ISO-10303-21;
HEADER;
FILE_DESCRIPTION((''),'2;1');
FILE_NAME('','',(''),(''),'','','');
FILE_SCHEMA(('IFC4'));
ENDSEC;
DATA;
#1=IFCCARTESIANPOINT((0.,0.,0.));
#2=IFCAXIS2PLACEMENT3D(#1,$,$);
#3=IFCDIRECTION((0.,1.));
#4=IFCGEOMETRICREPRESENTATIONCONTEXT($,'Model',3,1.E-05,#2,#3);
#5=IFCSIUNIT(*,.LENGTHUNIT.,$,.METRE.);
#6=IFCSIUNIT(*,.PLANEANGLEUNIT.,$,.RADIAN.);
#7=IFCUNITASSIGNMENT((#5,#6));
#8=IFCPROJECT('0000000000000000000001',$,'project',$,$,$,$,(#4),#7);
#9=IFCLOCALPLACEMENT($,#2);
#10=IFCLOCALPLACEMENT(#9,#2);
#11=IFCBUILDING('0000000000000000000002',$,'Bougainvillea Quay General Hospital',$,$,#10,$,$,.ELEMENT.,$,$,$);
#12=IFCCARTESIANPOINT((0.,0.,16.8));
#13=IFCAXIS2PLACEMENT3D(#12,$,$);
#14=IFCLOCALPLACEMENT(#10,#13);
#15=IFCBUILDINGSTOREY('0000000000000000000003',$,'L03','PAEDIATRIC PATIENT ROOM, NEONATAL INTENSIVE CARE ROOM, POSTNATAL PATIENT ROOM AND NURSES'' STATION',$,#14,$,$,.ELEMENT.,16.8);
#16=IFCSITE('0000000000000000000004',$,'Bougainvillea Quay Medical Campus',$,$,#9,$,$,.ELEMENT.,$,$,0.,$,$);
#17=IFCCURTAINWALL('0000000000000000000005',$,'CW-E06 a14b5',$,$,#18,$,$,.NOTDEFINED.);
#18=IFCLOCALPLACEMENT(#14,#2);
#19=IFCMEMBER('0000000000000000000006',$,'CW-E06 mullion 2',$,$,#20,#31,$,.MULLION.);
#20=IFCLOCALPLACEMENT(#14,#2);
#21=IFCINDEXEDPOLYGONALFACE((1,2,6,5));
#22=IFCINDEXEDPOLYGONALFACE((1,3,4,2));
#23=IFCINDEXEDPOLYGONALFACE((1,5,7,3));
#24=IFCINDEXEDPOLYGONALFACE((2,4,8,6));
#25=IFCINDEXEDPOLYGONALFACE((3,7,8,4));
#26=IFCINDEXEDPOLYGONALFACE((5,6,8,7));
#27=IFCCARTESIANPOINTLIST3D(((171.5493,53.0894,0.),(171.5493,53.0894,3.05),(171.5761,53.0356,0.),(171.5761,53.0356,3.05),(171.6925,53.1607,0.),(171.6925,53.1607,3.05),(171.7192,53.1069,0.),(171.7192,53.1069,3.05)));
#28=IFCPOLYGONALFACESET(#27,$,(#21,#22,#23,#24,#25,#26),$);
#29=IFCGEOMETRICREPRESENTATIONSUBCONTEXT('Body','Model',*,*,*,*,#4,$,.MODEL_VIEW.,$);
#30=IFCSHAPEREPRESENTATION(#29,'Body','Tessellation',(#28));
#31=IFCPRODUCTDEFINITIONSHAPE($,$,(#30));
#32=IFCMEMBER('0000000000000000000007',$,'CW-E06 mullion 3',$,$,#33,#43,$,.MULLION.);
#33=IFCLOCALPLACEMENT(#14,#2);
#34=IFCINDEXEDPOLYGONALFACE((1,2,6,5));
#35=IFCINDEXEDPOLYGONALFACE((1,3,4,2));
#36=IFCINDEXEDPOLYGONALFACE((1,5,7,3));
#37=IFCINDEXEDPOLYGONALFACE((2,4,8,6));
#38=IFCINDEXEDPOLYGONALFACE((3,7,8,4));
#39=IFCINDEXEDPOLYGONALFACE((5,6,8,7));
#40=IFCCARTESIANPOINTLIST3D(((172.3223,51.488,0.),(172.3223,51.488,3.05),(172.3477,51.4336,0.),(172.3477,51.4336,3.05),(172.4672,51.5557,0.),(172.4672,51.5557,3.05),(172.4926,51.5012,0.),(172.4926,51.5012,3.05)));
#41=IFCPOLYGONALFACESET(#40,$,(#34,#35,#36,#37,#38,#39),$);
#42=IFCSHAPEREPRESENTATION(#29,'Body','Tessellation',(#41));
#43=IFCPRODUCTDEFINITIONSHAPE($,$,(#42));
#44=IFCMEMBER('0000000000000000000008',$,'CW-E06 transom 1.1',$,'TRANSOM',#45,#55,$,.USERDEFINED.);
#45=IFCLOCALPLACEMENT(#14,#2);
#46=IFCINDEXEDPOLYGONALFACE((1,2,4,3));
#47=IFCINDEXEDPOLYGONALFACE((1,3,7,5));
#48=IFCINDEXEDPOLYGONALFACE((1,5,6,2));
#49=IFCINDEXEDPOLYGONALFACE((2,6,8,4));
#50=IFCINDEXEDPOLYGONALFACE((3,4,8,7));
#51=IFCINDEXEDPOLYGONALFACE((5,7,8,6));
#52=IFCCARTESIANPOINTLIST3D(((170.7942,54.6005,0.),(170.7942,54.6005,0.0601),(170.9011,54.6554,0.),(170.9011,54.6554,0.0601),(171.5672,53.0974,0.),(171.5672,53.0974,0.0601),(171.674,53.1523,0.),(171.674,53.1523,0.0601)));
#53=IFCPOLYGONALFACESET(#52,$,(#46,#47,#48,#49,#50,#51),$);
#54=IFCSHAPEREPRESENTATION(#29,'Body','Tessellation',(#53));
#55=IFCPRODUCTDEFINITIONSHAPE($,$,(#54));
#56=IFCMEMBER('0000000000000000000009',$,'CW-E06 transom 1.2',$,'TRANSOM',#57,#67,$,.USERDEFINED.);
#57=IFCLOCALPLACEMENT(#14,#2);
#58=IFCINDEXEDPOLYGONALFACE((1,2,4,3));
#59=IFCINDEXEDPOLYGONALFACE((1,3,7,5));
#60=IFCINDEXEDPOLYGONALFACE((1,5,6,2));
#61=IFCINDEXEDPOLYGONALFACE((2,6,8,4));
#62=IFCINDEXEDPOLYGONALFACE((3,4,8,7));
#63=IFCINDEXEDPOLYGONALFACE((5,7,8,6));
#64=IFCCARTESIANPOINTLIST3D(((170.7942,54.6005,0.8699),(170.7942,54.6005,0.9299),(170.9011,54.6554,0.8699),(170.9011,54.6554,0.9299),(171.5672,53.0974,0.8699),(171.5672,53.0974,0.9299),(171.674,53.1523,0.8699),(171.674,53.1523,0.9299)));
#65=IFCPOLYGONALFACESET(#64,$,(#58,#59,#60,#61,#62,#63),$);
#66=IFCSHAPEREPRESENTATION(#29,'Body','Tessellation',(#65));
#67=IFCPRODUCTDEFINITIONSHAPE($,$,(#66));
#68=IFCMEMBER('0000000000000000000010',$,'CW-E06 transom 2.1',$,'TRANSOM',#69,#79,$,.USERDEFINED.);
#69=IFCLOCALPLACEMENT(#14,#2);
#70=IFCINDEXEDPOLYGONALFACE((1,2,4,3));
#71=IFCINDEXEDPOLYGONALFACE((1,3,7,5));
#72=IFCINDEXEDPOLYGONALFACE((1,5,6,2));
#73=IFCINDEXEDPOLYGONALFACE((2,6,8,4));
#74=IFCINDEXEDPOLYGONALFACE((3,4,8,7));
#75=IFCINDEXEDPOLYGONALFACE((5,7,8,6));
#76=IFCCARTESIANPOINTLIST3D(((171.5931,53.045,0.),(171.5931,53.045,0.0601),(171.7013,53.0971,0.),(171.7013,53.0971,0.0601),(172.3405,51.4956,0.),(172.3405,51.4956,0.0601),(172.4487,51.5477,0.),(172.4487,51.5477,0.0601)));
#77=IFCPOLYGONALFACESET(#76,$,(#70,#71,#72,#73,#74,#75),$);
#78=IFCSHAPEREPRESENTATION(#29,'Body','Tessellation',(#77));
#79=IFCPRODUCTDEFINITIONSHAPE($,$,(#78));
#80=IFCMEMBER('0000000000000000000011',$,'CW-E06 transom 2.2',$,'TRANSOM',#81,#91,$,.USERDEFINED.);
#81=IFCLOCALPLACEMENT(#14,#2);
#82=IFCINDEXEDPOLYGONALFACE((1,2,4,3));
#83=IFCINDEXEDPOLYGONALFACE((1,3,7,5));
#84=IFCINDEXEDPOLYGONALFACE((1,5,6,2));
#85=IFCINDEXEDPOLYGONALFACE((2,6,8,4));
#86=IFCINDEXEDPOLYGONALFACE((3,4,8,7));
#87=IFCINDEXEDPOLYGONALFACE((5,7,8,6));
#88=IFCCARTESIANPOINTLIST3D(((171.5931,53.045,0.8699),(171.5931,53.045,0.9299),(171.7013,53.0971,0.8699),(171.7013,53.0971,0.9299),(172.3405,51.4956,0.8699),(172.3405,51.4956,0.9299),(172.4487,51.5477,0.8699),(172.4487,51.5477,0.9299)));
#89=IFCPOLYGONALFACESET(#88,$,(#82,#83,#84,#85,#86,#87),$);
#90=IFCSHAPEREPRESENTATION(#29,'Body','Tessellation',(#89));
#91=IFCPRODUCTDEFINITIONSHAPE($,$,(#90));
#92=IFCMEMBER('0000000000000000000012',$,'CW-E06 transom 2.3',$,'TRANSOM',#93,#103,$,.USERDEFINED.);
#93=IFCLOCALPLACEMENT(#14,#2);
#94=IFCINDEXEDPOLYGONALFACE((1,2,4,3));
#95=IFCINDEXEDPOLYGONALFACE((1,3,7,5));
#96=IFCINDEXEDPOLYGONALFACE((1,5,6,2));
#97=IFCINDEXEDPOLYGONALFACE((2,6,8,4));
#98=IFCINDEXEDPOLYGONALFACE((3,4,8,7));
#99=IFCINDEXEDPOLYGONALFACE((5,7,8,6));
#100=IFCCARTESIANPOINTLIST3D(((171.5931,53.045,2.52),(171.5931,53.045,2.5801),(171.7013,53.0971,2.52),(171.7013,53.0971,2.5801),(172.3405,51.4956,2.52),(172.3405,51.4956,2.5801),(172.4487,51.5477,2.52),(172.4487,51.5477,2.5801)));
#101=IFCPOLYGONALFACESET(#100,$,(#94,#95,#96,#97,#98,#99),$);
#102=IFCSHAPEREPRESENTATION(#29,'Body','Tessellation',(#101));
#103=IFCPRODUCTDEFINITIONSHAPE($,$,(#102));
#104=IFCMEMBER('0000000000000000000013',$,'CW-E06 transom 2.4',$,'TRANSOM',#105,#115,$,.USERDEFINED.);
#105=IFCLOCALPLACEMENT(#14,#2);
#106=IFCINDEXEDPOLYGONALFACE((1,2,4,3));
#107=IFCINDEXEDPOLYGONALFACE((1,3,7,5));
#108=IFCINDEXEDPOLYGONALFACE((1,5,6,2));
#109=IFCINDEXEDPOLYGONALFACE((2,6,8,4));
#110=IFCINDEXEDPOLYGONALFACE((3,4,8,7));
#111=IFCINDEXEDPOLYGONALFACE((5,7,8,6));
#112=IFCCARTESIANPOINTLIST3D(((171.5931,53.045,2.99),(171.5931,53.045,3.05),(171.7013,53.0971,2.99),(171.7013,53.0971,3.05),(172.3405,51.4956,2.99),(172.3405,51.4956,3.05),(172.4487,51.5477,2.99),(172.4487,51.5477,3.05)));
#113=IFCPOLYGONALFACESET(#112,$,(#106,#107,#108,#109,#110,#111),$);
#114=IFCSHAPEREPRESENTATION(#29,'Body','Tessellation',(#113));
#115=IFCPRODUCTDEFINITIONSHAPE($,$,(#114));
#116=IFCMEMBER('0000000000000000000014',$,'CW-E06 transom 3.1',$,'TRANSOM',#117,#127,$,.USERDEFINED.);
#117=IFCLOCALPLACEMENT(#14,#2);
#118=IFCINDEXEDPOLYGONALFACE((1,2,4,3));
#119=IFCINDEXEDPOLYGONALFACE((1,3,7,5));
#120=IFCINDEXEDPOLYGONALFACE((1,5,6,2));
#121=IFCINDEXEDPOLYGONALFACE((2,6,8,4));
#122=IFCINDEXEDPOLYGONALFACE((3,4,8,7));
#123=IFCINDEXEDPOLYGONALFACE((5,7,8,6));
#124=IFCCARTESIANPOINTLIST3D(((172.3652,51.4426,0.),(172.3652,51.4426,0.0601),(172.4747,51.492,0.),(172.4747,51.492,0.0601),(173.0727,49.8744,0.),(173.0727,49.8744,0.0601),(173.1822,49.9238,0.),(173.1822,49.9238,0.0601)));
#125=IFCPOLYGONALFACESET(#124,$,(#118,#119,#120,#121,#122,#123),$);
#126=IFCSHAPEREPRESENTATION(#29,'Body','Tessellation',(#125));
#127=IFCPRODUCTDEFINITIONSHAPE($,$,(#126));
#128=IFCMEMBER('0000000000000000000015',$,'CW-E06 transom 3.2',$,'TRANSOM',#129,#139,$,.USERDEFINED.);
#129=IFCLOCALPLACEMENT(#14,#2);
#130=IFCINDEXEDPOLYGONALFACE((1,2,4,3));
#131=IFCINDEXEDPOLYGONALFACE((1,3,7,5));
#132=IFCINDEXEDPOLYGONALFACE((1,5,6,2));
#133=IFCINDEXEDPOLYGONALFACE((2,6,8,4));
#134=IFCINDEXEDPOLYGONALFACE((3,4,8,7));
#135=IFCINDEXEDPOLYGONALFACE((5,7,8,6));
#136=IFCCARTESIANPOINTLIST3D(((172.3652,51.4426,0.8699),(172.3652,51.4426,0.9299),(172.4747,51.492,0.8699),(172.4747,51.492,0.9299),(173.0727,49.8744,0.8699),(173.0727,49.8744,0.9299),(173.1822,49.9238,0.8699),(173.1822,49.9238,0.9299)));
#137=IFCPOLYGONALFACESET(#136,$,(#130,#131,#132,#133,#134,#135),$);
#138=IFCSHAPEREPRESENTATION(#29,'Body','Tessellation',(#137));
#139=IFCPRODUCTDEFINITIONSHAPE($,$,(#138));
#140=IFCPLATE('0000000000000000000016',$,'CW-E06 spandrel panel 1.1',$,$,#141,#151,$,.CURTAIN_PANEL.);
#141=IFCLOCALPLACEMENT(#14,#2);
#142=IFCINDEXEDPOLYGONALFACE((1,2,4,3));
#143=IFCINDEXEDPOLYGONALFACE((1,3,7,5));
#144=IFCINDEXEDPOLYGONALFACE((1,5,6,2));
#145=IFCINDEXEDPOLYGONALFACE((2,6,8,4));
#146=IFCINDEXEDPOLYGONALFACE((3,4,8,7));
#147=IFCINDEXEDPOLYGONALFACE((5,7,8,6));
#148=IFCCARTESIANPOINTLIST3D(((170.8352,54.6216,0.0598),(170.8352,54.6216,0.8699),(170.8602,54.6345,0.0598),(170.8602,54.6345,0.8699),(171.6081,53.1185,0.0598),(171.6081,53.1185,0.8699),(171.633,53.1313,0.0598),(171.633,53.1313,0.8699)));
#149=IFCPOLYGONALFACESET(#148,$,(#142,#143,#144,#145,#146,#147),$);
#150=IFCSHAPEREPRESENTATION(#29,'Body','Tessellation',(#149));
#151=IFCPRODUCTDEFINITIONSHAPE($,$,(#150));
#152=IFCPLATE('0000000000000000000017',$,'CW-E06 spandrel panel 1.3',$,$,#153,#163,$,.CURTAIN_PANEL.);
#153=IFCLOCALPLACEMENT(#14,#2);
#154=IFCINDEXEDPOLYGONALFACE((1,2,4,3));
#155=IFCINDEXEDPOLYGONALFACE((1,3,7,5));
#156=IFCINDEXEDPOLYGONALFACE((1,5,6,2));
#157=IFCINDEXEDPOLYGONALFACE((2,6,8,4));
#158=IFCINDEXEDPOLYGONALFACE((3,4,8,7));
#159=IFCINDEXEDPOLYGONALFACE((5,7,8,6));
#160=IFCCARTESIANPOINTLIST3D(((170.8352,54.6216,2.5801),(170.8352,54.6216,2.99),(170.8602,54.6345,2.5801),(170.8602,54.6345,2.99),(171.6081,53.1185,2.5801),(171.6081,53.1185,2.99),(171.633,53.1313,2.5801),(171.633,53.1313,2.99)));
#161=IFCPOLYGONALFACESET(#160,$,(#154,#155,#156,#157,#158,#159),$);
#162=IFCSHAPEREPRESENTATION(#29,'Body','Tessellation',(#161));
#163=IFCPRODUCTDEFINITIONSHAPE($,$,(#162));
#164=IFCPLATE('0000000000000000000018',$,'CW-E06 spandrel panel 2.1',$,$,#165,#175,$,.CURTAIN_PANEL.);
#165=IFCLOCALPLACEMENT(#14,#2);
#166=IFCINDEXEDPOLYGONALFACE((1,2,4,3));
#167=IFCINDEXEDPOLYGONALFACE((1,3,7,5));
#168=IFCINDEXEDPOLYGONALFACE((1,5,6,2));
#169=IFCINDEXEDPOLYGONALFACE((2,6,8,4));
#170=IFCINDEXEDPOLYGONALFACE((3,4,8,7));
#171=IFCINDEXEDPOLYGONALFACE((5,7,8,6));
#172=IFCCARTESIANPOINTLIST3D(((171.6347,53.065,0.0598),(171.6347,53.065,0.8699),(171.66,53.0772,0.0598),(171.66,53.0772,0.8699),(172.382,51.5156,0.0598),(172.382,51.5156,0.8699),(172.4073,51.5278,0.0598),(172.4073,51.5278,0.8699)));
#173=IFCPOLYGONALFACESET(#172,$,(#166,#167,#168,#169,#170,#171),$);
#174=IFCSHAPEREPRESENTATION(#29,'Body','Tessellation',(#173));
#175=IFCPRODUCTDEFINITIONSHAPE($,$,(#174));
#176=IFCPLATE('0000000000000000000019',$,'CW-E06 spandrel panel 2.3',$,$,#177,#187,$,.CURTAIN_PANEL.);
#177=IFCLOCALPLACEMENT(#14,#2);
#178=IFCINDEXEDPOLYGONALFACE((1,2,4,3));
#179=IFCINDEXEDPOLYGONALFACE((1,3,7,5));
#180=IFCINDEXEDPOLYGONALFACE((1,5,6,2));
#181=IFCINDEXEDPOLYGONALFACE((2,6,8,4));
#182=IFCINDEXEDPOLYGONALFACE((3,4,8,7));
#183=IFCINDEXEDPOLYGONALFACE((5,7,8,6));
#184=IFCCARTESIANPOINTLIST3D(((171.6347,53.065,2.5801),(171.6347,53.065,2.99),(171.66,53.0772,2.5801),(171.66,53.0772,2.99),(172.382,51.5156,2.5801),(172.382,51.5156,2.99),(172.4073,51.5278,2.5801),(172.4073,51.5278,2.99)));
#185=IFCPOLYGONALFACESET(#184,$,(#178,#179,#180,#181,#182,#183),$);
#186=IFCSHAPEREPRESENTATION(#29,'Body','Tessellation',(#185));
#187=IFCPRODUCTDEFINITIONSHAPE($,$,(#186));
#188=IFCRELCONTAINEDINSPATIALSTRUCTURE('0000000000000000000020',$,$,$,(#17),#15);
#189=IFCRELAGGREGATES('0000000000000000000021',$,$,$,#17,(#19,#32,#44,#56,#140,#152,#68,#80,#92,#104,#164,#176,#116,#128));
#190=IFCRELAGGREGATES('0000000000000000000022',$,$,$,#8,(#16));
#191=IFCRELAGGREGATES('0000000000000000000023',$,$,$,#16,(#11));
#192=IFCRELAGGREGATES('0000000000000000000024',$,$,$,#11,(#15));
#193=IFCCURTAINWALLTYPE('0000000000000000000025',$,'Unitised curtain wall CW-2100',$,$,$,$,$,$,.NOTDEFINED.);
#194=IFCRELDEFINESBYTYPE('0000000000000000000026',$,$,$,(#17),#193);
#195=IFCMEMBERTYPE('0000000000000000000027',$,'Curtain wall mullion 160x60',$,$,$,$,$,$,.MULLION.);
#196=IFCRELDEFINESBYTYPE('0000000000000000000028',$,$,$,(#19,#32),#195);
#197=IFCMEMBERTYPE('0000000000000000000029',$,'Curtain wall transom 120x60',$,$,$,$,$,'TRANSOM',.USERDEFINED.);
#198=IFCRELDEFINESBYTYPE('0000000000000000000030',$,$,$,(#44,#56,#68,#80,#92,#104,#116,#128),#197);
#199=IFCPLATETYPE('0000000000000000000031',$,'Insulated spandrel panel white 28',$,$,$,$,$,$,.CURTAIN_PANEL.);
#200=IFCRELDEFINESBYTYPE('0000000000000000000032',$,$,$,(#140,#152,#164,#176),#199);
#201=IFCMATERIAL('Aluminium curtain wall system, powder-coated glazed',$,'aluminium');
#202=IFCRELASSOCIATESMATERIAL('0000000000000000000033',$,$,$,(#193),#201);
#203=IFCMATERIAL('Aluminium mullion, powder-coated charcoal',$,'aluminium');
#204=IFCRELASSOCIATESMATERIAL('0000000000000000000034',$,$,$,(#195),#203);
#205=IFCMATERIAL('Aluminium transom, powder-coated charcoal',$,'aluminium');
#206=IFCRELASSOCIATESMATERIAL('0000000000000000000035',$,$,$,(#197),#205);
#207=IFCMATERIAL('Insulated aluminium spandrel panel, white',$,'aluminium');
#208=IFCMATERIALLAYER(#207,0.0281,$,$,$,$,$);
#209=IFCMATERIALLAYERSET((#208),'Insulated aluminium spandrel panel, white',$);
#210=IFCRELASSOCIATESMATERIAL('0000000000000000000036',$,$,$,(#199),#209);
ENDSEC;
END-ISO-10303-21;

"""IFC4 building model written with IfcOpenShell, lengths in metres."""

from ifc_helpers import new_model, si_unit, direction, frame, origin, origin_2d, place, context, subcontext, project, spatial, rectangle, extrude, material, layer, layer_set, material_profile, profile_set, type_object, element, aggregate, save


model = new_model("IFC4")

# Units and contexts
model_context = context("Model", 3, precision=1e-05, world=origin(), true_north=direction((0.0, 1.0)))
body_context = subcontext(model_context, "Body", "Model", "MODEL_VIEW")
ifc_project = project(units=[si_unit("LENGTHUNIT", "METRE"), si_unit("PLANEANGLEUNIT", "RADIAN")], contexts=[model_context])

# Site, building, storey
site_placement = place(None, origin())
site = spatial("IfcSite", under=ifc_project, at=site_placement, Name="Bougainvillea Quay Medical Campus", CompositionType="ELEMENT", RefElevation=0.0)
building_placement = place(site_placement, origin())
building = spatial("IfcBuilding", under=site, at=building_placement, Name="Bougainvillea Quay General Hospital", CompositionType="ELEMENT")
storey_placement = place(building_placement, frame((0.0, 0.0, 16.8)))
storey = spatial("IfcBuildingStorey", under=building, at=storey_placement, Name="L03", Description="PAEDIATRIC PATIENT ROOM, NEONATAL INTENSIVE CARE ROOM, POSTNATAL PATIENT ROOM AND NURSES' STATION", CompositionType="ELEMENT", Elevation=16.8)

# Curtain wall, members, plates
ifc_material_1 = material(Name="Aluminium curtain wall system, powder-coated glazed", Category="aluminium")
curtain_wall_type = type_object("IfcCurtainWallType", Name="Unitised curtain wall CW-2100", PredefinedType="NOTDEFINED", material=ifc_material_1)
curtain_wall_placement = place(storey_placement, origin())
curtain_wall = element("IfcCurtainWall", 1, at=curtain_wall_placement, inside=storey, type_object=curtain_wall_type, Name="CW-E06 a14b5", PredefinedType="NOTDEFINED")
ifc_material_2 = material(Name="Aluminium mullion, powder-coated charcoal", Category="aluminium")
ifc_material_profile_1 = material_profile(ifc_material_2, rectangle(XDim=0.1599, YDim=0.0601, at=origin_2d()))
ifc_profile_set_1 = profile_set([ifc_material_profile_1], Name="Aluminium mullion, powder-coated charcoal")
member_type_1 = type_object("IfcMemberType", Name="Curtain wall mullion 160x60", PredefinedType="MULLION", material=ifc_profile_set_1)
member_1_placement = place(storey_placement, frame((171.6343, 53.0981, 0.0), z_axis=(0.0, 0.0, 1.0), x_axis=(0.895109, 0.445848, 0.0)))
member_1 = element("IfcMember", 2, at=member_1_placement, type_object=member_type_1, Name="CW-E06 mullion 2", PredefinedType="MULLION", context=body_context, shape_type="SweptSolid", body=[
    extrude(rectangle(XDim=0.1599, YDim=0.0601, at=origin_2d()), origin(), (0.0, 0.0, 1.0), 3.05),
])
member_2_placement = place(storey_placement, frame((172.4075, 51.4946, 0.0), z_axis=(0.0, 0.0, 1.0), x_axis=(0.906196, 0.422859, 0.0)))
member_2 = element("IfcMember", 3, at=member_2_placement, type_object=member_type_1, Name="CW-E06 mullion 3", PredefinedType="MULLION", context=body_context, shape_type="SweptSolid", body=[
    extrude(rectangle(XDim=0.1599, YDim=0.0601, at=origin_2d()), origin(), (0.0, 0.0, 1.0), 3.05),
])
ifc_material_3 = material(Name="Aluminium transom, powder-coated charcoal", Category="aluminium")
ifc_material_profile_2 = material_profile(ifc_material_3, rectangle(XDim=0.1201, YDim=0.0601, at=origin_2d()))
ifc_profile_set_2 = profile_set([ifc_material_profile_2], Name="Aluminium transom, powder-coated charcoal")
member_type_2 = type_object("IfcMemberType", Name="Curtain wall transom 120x60", ElementType="TRANSOM", PredefinedType="USERDEFINED", material=ifc_profile_set_2)
member_3_placement = place(storey_placement, frame((170.8477, 54.6279, 0.03), z_axis=(0.457296, -0.889315, 0.0), x_axis=(0.889315, 0.457296, 0.0)))
member_3 = element("IfcMember", 4, at=member_3_placement, type_object=member_type_2, Name="CW-E06 transom 1.1", ObjectType="TRANSOM", PredefinedType="USERDEFINED", context=body_context, shape_type="SweptSolid", body=[
    extrude(rectangle(XDim=0.1201, YDim=0.0601, at=origin_2d()), origin(), (0.0, 0.0, 1.0), 1.6902),
])
member_4_placement = place(storey_placement, frame((170.8477, 54.6279, 0.8999), z_axis=(0.457296, -0.889315, 0.0), x_axis=(0.889315, 0.457296, 0.0)))
member_4 = element("IfcMember", 5, at=member_4_placement, type_object=member_type_2, Name="CW-E06 transom 1.2", ObjectType="TRANSOM", PredefinedType="USERDEFINED", context=body_context, shape_type="SweptSolid", body=[
    extrude(rectangle(XDim=0.1201, YDim=0.0601, at=origin_2d()), origin(), (0.0, 0.0, 1.0), 1.6902),
])
member_5_placement = place(storey_placement, frame((171.6472, 53.071, 0.03), z_axis=(0.434451, -0.900695, 0.0), x_axis=(0.900695, 0.434451, 0.0)))
member_5 = element("IfcMember", 6, at=member_5_placement, type_object=member_type_2, Name="CW-E06 transom 2.1", ObjectType="TRANSOM", PredefinedType="USERDEFINED", context=body_context, shape_type="SweptSolid", body=[
    extrude(rectangle(XDim=0.1201, YDim=0.0601, at=origin_2d()), origin(), (0.0, 0.0, 1.0), 1.7202),
])
member_6_placement = place(storey_placement, frame((171.6472, 53.071, 0.8999), z_axis=(0.434451, -0.900695, 0.0), x_axis=(0.900695, 0.434451, 0.0)))
member_6 = element("IfcMember", 7, at=member_6_placement, type_object=member_type_2, Name="CW-E06 transom 2.2", ObjectType="TRANSOM", PredefinedType="USERDEFINED", context=body_context, shape_type="SweptSolid", body=[
    extrude(rectangle(XDim=0.1201, YDim=0.0601, at=origin_2d()), origin(), (0.0, 0.0, 1.0), 1.7202),
])
member_7_placement = place(storey_placement, frame((171.6472, 53.071, 2.55), z_axis=(0.434451, -0.900695, 0.0), x_axis=(0.900695, 0.434451, 0.0)))
member_7 = element("IfcMember", 8, at=member_7_placement, type_object=member_type_2, Name="CW-E06 transom 2.3", ObjectType="TRANSOM", PredefinedType="USERDEFINED", context=body_context, shape_type="SweptSolid", body=[
    extrude(rectangle(XDim=0.1201, YDim=0.0601, at=origin_2d()), origin(), (0.0, 0.0, 1.0), 1.7202),
])
member_8_placement = place(storey_placement, frame((171.6472, 53.071, 3.02), z_axis=(0.434451, -0.900695, 0.0), x_axis=(0.900695, 0.434451, 0.0)))
member_8 = element("IfcMember", 9, at=member_8_placement, type_object=member_type_2, Name="CW-E06 transom 2.4", ObjectType="TRANSOM", PredefinedType="USERDEFINED", context=body_context, shape_type="SweptSolid", body=[
    extrude(rectangle(XDim=0.1201, YDim=0.0601, at=origin_2d()), origin(), (0.0, 0.0, 1.0), 1.7202),
])
member_9_placement = place(storey_placement, frame((172.4199, 51.4673, 0.03), z_axis=(0.411267, -0.911515, 0.0), x_axis=(0.911515, 0.411267, 0.0)))
member_9 = element("IfcMember", 10, at=member_9_placement, type_object=member_type_2, Name="CW-E06 transom 3.1", ObjectType="TRANSOM", PredefinedType="USERDEFINED", context=body_context, shape_type="SweptSolid", body=[
    extrude(rectangle(XDim=0.1201, YDim=0.0601, at=origin_2d()), origin(), (0.0, 0.0, 1.0), 1.7205),
])
member_10_placement = place(storey_placement, frame((172.4199, 51.4673, 0.8999), z_axis=(0.411267, -0.911515, 0.0), x_axis=(0.911515, 0.411267, 0.0)))
member_10 = element("IfcMember", 11, at=member_10_placement, type_object=member_type_2, Name="CW-E06 transom 3.2", ObjectType="TRANSOM", PredefinedType="USERDEFINED", context=body_context, shape_type="SweptSolid", body=[
    extrude(rectangle(XDim=0.1201, YDim=0.0601, at=origin_2d()), origin(), (0.0, 0.0, 1.0), 1.7205),
])
ifc_material_4 = material(Name="Insulated aluminium spandrel panel, white", Category="aluminium")
ifc_layer_1 = layer(ifc_material_4, 0.0281)
ifc_layer_set_1 = layer_set([ifc_layer_1], Name="Insulated aluminium spandrel panel, white")
plate_type_1 = type_object("IfcPlateType", Name="Insulated spandrel panel white 28", PredefinedType="CURTAIN_PANEL", material=ifc_layer_set_1)
plate_1_placement = place(storey_placement, frame((171.2341, 53.8765, 0.0598), z_axis=(0.0, 0.0, 1.0), x_axis=(0.457235, -0.889346, 0.0)))
plate_1 = element("IfcPlate", 12, at=plate_1_placement, type_object=plate_type_1, Name="CW-E06 spandrel panel 1.1", PredefinedType="CURTAIN_PANEL", context=body_context, shape_type="SweptSolid", body=[
    extrude(rectangle(XDim=1.6902, YDim=0.0281, at=origin_2d()), origin(), (0.0, 0.0, 1.0), 0.8101),
])
plate_2_placement = place(storey_placement, frame((171.2341, 53.8765, 2.5801), z_axis=(0.0, 0.0, 1.0), x_axis=(0.457235, -0.889346, 0.0)))
plate_2 = element("IfcPlate", 13, at=plate_2_placement, type_object=plate_type_1, Name="CW-E06 spandrel panel 1.3", PredefinedType="CURTAIN_PANEL", context=body_context, shape_type="SweptSolid", body=[
    extrude(rectangle(XDim=1.6902, YDim=0.0281, at=origin_2d()), origin(), (0.0, 0.0, 1.0), 0.4099),
])
plate_3_placement = place(storey_placement, frame((172.021, 52.2964, 0.0598), z_axis=(0.0, 0.0, 1.0), x_axis=(0.434389, -0.900726, 0.0)))
plate_3 = element("IfcPlate", 14, at=plate_3_placement, type_object=plate_type_1, Name="CW-E06 spandrel panel 2.1", PredefinedType="CURTAIN_PANEL", context=body_context, shape_type="SweptSolid", body=[
    extrude(rectangle(XDim=1.7202, YDim=0.0281, at=origin_2d()), origin(), (0.0, 0.0, 1.0), 0.8101),
])
plate_4_placement = place(storey_placement, frame((172.021, 52.2964, 2.5801), z_axis=(0.0, 0.0, 1.0), x_axis=(0.434389, -0.900726, 0.0)))
plate_4 = element("IfcPlate", 15, at=plate_4_placement, type_object=plate_type_1, Name="CW-E06 spandrel panel 2.3", PredefinedType="CURTAIN_PANEL", context=body_context, shape_type="SweptSolid", body=[
    extrude(rectangle(XDim=1.7202, YDim=0.0281, at=origin_2d()), origin(), (0.0, 0.0, 1.0), 0.4099),
])
aggregate(curtain_wall, [member_1, member_2, member_3, member_4, plate_1, plate_2, member_5, member_6, member_7, member_8, plate_3, plate_4, member_9, member_10])

save(model, "model.ifc")
